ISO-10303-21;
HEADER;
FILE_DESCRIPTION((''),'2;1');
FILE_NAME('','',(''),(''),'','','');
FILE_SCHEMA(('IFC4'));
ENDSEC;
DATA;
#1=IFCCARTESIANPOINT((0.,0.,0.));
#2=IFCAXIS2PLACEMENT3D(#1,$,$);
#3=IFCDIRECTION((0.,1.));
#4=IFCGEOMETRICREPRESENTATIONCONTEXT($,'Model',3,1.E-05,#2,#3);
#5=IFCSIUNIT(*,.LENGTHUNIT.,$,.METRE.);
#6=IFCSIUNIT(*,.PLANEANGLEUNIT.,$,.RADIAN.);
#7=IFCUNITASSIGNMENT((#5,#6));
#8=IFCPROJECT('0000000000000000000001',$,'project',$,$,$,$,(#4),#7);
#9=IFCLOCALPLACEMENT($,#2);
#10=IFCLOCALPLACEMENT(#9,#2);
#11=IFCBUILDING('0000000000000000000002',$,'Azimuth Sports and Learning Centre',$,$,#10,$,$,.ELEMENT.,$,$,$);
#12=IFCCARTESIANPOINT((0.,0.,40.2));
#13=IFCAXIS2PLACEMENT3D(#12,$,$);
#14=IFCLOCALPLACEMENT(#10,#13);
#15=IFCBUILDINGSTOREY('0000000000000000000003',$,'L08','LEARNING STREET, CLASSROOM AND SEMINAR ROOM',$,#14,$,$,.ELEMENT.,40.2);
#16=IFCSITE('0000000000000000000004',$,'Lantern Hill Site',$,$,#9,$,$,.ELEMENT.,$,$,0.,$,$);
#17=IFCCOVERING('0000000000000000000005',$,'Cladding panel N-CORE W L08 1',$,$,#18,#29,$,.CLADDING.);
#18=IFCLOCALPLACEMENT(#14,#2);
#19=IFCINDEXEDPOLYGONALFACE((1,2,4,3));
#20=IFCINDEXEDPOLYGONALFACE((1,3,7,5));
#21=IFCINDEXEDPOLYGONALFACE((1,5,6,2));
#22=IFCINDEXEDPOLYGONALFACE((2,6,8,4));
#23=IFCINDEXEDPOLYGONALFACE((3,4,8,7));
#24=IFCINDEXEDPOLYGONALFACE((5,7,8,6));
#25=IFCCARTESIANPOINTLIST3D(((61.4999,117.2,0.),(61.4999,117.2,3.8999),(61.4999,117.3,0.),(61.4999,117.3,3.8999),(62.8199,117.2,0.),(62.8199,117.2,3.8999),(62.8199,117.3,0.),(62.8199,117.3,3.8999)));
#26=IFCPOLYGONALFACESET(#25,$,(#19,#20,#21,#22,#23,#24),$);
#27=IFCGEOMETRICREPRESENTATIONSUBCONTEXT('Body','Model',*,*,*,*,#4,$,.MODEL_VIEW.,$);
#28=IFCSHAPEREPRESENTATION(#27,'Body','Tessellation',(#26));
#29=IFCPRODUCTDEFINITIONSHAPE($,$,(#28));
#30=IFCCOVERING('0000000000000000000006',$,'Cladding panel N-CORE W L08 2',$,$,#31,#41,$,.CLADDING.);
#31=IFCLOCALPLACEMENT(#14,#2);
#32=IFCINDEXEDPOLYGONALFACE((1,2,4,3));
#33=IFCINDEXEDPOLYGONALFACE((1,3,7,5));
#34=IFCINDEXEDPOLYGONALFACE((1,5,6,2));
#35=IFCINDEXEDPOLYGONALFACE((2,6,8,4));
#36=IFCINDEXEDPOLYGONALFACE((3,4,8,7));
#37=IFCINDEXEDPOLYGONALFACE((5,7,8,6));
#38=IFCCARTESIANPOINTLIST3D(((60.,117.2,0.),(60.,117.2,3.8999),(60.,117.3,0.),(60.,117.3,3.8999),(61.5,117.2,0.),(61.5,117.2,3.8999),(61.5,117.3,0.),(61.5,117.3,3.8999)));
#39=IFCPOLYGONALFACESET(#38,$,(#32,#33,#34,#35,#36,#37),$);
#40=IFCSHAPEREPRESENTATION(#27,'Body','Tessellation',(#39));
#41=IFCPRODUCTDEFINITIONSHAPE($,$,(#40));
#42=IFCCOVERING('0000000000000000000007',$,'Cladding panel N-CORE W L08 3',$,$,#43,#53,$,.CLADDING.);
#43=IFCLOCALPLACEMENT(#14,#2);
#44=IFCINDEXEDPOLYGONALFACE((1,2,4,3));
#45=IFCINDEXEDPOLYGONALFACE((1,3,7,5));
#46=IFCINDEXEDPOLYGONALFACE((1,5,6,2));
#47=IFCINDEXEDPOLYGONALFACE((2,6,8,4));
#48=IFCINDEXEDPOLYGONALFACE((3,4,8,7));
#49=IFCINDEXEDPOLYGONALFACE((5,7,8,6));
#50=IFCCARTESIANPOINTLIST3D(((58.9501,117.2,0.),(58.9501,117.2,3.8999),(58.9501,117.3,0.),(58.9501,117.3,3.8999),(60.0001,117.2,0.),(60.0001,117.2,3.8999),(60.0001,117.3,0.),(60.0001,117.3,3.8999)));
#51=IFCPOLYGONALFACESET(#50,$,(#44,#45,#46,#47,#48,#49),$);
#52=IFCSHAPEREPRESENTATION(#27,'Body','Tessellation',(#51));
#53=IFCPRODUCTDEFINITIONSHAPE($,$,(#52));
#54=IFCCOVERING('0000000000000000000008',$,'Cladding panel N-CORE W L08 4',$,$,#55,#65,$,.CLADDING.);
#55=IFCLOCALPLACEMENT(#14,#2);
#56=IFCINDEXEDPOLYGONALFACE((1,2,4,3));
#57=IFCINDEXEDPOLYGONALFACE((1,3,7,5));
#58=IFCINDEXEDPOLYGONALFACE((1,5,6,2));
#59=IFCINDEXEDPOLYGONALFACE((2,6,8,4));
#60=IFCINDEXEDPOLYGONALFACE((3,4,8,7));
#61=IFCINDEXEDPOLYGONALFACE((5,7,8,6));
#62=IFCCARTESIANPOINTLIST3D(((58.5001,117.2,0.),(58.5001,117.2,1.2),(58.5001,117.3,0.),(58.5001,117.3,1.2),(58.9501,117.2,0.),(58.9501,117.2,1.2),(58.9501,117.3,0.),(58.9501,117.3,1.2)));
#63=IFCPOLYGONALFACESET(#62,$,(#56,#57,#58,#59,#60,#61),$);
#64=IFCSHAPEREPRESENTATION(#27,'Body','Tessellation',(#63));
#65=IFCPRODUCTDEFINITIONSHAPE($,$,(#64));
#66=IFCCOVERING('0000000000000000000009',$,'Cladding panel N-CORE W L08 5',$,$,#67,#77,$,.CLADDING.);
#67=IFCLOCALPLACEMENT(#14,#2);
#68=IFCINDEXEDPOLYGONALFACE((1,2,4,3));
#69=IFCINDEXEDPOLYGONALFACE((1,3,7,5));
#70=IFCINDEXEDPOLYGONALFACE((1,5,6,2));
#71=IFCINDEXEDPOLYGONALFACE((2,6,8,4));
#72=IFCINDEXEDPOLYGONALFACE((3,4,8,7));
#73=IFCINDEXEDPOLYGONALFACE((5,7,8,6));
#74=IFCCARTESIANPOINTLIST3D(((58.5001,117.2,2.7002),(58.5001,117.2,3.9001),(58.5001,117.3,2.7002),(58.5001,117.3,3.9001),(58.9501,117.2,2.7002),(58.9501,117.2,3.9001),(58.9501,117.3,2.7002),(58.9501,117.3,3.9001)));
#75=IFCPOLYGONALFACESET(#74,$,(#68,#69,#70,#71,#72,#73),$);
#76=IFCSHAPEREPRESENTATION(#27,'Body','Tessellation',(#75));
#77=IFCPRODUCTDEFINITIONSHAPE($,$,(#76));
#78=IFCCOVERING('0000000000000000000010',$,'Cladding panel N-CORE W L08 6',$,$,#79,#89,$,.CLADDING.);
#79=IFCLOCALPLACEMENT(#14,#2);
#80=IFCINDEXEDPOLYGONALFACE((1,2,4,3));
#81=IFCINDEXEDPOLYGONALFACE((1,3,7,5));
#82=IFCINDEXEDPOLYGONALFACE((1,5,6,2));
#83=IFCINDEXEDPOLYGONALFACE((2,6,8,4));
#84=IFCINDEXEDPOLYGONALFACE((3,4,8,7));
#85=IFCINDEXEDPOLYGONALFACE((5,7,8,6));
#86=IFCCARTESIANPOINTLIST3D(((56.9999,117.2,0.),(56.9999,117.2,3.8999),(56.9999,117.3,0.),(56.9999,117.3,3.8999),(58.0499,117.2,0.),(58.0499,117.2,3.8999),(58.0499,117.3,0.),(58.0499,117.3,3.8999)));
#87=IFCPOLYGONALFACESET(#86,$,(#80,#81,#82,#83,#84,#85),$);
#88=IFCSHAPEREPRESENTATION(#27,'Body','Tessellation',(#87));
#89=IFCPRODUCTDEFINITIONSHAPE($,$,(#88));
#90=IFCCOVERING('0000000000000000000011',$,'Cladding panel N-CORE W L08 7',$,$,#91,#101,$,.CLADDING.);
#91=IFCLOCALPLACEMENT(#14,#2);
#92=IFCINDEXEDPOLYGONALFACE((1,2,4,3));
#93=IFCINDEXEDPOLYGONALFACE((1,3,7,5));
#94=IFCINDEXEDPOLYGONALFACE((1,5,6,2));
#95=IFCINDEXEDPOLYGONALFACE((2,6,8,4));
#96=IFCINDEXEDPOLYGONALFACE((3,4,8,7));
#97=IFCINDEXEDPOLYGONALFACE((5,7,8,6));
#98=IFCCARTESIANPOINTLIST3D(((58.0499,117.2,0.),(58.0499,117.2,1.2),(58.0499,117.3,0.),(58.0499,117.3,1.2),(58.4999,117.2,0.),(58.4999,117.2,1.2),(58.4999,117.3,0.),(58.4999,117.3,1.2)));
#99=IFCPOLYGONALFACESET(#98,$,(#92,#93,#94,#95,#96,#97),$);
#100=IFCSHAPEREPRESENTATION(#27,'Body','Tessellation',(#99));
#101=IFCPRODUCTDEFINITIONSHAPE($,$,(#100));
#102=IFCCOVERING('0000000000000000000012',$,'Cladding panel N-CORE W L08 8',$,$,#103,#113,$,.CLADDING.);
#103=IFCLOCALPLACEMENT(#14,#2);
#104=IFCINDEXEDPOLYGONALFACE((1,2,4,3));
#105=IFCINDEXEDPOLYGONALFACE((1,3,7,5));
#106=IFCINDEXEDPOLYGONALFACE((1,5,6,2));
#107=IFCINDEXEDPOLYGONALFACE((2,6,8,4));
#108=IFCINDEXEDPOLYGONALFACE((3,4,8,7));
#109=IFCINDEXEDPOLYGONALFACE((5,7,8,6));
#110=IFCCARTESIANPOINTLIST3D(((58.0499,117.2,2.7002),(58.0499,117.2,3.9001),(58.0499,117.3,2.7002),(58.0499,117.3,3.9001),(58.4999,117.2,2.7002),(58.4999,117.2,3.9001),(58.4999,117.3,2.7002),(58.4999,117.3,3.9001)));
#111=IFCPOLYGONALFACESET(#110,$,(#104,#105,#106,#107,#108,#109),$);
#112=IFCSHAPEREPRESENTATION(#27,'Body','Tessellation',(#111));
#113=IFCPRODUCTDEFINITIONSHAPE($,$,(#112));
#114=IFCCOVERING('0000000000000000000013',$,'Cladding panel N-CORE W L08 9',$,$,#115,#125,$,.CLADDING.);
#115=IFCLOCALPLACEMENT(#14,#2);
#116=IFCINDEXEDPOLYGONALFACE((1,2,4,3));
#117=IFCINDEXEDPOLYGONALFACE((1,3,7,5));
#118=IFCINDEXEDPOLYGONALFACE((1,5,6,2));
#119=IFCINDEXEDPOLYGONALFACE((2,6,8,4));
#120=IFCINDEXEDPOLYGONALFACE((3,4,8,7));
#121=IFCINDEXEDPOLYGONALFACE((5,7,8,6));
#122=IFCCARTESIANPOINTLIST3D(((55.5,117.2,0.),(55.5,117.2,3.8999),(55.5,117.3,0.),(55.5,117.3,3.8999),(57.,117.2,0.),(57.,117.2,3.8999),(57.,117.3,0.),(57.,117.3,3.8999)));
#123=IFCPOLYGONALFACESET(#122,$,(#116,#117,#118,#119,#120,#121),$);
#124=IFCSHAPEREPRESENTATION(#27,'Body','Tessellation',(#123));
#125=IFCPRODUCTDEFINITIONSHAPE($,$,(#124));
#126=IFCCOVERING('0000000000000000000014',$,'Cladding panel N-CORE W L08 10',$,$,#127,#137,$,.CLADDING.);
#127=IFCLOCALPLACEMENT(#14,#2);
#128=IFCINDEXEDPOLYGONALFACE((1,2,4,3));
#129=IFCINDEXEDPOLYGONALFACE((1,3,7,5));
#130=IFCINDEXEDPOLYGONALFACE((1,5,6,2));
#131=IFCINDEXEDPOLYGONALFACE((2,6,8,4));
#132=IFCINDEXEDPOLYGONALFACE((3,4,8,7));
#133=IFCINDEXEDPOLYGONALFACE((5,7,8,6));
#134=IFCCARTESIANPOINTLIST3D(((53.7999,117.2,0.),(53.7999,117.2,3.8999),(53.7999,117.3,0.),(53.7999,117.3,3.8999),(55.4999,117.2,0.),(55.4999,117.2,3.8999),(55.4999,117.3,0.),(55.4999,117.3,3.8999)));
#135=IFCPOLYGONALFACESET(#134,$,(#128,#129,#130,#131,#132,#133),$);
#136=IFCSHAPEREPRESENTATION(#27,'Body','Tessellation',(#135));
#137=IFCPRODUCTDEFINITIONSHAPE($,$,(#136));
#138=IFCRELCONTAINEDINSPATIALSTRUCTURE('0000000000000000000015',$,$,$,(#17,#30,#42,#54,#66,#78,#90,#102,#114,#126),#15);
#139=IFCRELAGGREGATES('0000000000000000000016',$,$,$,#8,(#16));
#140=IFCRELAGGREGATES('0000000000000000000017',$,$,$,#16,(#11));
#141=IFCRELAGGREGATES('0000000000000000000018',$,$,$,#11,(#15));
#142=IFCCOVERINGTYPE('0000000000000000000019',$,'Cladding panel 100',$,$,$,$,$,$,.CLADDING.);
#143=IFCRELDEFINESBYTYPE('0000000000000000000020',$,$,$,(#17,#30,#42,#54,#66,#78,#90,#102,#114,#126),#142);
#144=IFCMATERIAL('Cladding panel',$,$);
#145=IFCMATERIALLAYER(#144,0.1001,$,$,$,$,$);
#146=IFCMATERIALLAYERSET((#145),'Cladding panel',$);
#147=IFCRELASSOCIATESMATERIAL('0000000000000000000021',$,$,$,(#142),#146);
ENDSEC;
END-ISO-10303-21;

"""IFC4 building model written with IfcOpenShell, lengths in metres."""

from ifc_helpers import new_model, si_unit, direction, frame, origin, origin_2d, place, context, subcontext, project, spatial, rectangle, extrude, material, layer, layer_set, type_object, element, save


model = new_model("IFC4")

# Units and contexts
model_context = context("Model", 3, precision=1e-05, world=origin(), true_north=direction((0.0, 1.0)))
body_context = subcontext(model_context, "Body", "Model", "MODEL_VIEW")
ifc_project = project(units=[si_unit("LENGTHUNIT", "METRE"), si_unit("PLANEANGLEUNIT", "RADIAN")], contexts=[model_context])

# Site, building, storey
site_placement = place(None, origin())
site = spatial("IfcSite", under=ifc_project, at=site_placement, Name="Lantern Hill Site", CompositionType="ELEMENT", RefElevation=0.0)
building_placement = place(site_placement, origin())
building = spatial("IfcBuilding", under=site, at=building_placement, Name="Azimuth Sports and Learning Centre", CompositionType="ELEMENT")
storey_placement = place(building_placement, frame((0.0, 0.0, 40.2)))
storey = spatial("IfcBuildingStorey", under=building, at=storey_placement, Name="L08", Description="LEARNING STREET, CLASSROOM AND SEMINAR ROOM", CompositionType="ELEMENT", Elevation=40.2)

# Coverings
ifc_material_1 = material(Name="Cladding panel")
ifc_layer_1 = layer(ifc_material_1, 0.1001)
ifc_layer_set_1 = layer_set([ifc_layer_1], Name="Cladding panel")
covering_type = type_object("IfcCoveringType", Name="Cladding panel 100", PredefinedType="CLADDING", material=ifc_layer_set_1)
covering_1_placement = place(storey_placement, frame((62.1599, 117.25, 0.0), z_axis=(0.0, 0.0, 1.0), x_axis=(-1.0, 0.0, 0.0)))
element("IfcCovering", 1, at=covering_1_placement, inside=storey, type_object=covering_type, Name="Cladding panel N-CORE W L08 1", PredefinedType="CLADDING", context=body_context, shape_type="SweptSolid", body=[
    extrude(rectangle(XDim=1.3201, YDim=0.1001, at=origin_2d()), origin(), (0.0, 0.0, 1.0), 3.8999),
])
covering_2_placement = place(storey_placement, frame((60.75, 117.25, 0.0), z_axis=(0.0, 0.0, 1.0), x_axis=(-1.0, 0.0, 0.0)))
element("IfcCovering", 2, at=covering_2_placement, inside=storey, type_object=covering_type, Name="Cladding panel N-CORE W L08 2", PredefinedType="CLADDING", context=body_context, shape_type="SweptSolid", body=[
    extrude(rectangle(XDim=1.5, YDim=0.1001, at=origin_2d()), origin(), (0.0, 0.0, 1.0), 3.8999),
])
covering_3_placement = place(storey_placement, frame((59.4751, 117.25, 0.0), z_axis=(0.0, 0.0, 1.0), x_axis=(-1.0, 0.0, 0.0)))
element("IfcCovering", 3, at=covering_3_placement, inside=storey, type_object=covering_type, Name="Cladding panel N-CORE W L08 3", PredefinedType="CLADDING", context=body_context, shape_type="SweptSolid", body=[
    extrude(rectangle(XDim=1.05, YDim=0.1001, at=origin_2d()), origin(), (0.0, 0.0, 1.0), 3.8999),
])
for number, where, z_axis, x_axis, name in (
    (4, (58.7251, 117.25, 0.0), (0.0, 0.0, 1.0), (-1.0, 0.0, 0.0), "Cladding panel N-CORE W L08 4"),
    (5, (58.7251, 117.25, 2.7002), (0.0, 0.0, 1.0), (-1.0, 0.0, 0.0), "Cladding panel N-CORE W L08 5"),
):
    element("IfcCovering", number, at=place(storey_placement, frame(where, z_axis=z_axis, x_axis=x_axis)), inside=storey, type_object=covering_type, Name=name, PredefinedType="CLADDING", context=body_context, shape_type="SweptSolid", body=[
        extrude(rectangle(XDim=0.45, YDim=0.1001, at=origin_2d()), origin(), (0.0, 0.0, 1.0), 1.2),
    ])
covering_4_placement = place(storey_placement, frame((57.5249, 117.25, 0.0), z_axis=(0.0, 0.0, 1.0), x_axis=(-1.0, 0.0, 0.0)))
element("IfcCovering", 6, at=covering_4_placement, inside=storey, type_object=covering_type, Name="Cladding panel N-CORE W L08 6", PredefinedType="CLADDING", context=body_context, shape_type="SweptSolid", body=[
    extrude(rectangle(XDim=1.05, YDim=0.1001, at=origin_2d()), origin(), (0.0, 0.0, 1.0), 3.8999),
])
for number, where, z_axis, x_axis, name in (
    (7, (58.2749, 117.25, 0.0), (0.0, 0.0, 1.0), (-1.0, 0.0, 0.0), "Cladding panel N-CORE W L08 7"),
    (8, (58.2749, 117.25, 2.7002), (0.0, 0.0, 1.0), (-1.0, 0.0, 0.0), "Cladding panel N-CORE W L08 8"),
):
    element("IfcCovering", number, at=place(storey_placement, frame(where, z_axis=z_axis, x_axis=x_axis)), inside=storey, type_object=covering_type, Name=name, PredefinedType="CLADDING", context=body_context, shape_type="SweptSolid", body=[
        extrude(rectangle(XDim=0.45, YDim=0.1001, at=origin_2d()), origin(), (0.0, 0.0, 1.0), 1.2),
    ])
covering_5_placement = place(storey_placement, frame((56.25, 117.25, 0.0), z_axis=(0.0, 0.0, 1.0), x_axis=(-1.0, 0.0, 0.0)))
element("IfcCovering", 9, at=covering_5_placement, inside=storey, type_object=covering_type, Name="Cladding panel N-CORE W L08 9", PredefinedType="CLADDING", context=body_context, shape_type="SweptSolid", body=[
    extrude(rectangle(XDim=1.5, YDim=0.1001, at=origin_2d()), origin(), (0.0, 0.0, 1.0), 3.8999),
])
covering_6_placement = place(storey_placement, frame((54.6499, 117.25, 0.0), z_axis=(0.0, 0.0, 1.0), x_axis=(-1.0, 0.0, 0.0)))
element("IfcCovering", 10, at=covering_6_placement, inside=storey, type_object=covering_type, Name="Cladding panel N-CORE W L08 10", PredefinedType="CLADDING", context=body_context, shape_type="SweptSolid", body=[
    extrude(rectangle(XDim=1.7, YDim=0.1001, at=origin_2d()), origin(), (0.0, 0.0, 1.0), 3.8999),
])

save(model, "model.ifc")
